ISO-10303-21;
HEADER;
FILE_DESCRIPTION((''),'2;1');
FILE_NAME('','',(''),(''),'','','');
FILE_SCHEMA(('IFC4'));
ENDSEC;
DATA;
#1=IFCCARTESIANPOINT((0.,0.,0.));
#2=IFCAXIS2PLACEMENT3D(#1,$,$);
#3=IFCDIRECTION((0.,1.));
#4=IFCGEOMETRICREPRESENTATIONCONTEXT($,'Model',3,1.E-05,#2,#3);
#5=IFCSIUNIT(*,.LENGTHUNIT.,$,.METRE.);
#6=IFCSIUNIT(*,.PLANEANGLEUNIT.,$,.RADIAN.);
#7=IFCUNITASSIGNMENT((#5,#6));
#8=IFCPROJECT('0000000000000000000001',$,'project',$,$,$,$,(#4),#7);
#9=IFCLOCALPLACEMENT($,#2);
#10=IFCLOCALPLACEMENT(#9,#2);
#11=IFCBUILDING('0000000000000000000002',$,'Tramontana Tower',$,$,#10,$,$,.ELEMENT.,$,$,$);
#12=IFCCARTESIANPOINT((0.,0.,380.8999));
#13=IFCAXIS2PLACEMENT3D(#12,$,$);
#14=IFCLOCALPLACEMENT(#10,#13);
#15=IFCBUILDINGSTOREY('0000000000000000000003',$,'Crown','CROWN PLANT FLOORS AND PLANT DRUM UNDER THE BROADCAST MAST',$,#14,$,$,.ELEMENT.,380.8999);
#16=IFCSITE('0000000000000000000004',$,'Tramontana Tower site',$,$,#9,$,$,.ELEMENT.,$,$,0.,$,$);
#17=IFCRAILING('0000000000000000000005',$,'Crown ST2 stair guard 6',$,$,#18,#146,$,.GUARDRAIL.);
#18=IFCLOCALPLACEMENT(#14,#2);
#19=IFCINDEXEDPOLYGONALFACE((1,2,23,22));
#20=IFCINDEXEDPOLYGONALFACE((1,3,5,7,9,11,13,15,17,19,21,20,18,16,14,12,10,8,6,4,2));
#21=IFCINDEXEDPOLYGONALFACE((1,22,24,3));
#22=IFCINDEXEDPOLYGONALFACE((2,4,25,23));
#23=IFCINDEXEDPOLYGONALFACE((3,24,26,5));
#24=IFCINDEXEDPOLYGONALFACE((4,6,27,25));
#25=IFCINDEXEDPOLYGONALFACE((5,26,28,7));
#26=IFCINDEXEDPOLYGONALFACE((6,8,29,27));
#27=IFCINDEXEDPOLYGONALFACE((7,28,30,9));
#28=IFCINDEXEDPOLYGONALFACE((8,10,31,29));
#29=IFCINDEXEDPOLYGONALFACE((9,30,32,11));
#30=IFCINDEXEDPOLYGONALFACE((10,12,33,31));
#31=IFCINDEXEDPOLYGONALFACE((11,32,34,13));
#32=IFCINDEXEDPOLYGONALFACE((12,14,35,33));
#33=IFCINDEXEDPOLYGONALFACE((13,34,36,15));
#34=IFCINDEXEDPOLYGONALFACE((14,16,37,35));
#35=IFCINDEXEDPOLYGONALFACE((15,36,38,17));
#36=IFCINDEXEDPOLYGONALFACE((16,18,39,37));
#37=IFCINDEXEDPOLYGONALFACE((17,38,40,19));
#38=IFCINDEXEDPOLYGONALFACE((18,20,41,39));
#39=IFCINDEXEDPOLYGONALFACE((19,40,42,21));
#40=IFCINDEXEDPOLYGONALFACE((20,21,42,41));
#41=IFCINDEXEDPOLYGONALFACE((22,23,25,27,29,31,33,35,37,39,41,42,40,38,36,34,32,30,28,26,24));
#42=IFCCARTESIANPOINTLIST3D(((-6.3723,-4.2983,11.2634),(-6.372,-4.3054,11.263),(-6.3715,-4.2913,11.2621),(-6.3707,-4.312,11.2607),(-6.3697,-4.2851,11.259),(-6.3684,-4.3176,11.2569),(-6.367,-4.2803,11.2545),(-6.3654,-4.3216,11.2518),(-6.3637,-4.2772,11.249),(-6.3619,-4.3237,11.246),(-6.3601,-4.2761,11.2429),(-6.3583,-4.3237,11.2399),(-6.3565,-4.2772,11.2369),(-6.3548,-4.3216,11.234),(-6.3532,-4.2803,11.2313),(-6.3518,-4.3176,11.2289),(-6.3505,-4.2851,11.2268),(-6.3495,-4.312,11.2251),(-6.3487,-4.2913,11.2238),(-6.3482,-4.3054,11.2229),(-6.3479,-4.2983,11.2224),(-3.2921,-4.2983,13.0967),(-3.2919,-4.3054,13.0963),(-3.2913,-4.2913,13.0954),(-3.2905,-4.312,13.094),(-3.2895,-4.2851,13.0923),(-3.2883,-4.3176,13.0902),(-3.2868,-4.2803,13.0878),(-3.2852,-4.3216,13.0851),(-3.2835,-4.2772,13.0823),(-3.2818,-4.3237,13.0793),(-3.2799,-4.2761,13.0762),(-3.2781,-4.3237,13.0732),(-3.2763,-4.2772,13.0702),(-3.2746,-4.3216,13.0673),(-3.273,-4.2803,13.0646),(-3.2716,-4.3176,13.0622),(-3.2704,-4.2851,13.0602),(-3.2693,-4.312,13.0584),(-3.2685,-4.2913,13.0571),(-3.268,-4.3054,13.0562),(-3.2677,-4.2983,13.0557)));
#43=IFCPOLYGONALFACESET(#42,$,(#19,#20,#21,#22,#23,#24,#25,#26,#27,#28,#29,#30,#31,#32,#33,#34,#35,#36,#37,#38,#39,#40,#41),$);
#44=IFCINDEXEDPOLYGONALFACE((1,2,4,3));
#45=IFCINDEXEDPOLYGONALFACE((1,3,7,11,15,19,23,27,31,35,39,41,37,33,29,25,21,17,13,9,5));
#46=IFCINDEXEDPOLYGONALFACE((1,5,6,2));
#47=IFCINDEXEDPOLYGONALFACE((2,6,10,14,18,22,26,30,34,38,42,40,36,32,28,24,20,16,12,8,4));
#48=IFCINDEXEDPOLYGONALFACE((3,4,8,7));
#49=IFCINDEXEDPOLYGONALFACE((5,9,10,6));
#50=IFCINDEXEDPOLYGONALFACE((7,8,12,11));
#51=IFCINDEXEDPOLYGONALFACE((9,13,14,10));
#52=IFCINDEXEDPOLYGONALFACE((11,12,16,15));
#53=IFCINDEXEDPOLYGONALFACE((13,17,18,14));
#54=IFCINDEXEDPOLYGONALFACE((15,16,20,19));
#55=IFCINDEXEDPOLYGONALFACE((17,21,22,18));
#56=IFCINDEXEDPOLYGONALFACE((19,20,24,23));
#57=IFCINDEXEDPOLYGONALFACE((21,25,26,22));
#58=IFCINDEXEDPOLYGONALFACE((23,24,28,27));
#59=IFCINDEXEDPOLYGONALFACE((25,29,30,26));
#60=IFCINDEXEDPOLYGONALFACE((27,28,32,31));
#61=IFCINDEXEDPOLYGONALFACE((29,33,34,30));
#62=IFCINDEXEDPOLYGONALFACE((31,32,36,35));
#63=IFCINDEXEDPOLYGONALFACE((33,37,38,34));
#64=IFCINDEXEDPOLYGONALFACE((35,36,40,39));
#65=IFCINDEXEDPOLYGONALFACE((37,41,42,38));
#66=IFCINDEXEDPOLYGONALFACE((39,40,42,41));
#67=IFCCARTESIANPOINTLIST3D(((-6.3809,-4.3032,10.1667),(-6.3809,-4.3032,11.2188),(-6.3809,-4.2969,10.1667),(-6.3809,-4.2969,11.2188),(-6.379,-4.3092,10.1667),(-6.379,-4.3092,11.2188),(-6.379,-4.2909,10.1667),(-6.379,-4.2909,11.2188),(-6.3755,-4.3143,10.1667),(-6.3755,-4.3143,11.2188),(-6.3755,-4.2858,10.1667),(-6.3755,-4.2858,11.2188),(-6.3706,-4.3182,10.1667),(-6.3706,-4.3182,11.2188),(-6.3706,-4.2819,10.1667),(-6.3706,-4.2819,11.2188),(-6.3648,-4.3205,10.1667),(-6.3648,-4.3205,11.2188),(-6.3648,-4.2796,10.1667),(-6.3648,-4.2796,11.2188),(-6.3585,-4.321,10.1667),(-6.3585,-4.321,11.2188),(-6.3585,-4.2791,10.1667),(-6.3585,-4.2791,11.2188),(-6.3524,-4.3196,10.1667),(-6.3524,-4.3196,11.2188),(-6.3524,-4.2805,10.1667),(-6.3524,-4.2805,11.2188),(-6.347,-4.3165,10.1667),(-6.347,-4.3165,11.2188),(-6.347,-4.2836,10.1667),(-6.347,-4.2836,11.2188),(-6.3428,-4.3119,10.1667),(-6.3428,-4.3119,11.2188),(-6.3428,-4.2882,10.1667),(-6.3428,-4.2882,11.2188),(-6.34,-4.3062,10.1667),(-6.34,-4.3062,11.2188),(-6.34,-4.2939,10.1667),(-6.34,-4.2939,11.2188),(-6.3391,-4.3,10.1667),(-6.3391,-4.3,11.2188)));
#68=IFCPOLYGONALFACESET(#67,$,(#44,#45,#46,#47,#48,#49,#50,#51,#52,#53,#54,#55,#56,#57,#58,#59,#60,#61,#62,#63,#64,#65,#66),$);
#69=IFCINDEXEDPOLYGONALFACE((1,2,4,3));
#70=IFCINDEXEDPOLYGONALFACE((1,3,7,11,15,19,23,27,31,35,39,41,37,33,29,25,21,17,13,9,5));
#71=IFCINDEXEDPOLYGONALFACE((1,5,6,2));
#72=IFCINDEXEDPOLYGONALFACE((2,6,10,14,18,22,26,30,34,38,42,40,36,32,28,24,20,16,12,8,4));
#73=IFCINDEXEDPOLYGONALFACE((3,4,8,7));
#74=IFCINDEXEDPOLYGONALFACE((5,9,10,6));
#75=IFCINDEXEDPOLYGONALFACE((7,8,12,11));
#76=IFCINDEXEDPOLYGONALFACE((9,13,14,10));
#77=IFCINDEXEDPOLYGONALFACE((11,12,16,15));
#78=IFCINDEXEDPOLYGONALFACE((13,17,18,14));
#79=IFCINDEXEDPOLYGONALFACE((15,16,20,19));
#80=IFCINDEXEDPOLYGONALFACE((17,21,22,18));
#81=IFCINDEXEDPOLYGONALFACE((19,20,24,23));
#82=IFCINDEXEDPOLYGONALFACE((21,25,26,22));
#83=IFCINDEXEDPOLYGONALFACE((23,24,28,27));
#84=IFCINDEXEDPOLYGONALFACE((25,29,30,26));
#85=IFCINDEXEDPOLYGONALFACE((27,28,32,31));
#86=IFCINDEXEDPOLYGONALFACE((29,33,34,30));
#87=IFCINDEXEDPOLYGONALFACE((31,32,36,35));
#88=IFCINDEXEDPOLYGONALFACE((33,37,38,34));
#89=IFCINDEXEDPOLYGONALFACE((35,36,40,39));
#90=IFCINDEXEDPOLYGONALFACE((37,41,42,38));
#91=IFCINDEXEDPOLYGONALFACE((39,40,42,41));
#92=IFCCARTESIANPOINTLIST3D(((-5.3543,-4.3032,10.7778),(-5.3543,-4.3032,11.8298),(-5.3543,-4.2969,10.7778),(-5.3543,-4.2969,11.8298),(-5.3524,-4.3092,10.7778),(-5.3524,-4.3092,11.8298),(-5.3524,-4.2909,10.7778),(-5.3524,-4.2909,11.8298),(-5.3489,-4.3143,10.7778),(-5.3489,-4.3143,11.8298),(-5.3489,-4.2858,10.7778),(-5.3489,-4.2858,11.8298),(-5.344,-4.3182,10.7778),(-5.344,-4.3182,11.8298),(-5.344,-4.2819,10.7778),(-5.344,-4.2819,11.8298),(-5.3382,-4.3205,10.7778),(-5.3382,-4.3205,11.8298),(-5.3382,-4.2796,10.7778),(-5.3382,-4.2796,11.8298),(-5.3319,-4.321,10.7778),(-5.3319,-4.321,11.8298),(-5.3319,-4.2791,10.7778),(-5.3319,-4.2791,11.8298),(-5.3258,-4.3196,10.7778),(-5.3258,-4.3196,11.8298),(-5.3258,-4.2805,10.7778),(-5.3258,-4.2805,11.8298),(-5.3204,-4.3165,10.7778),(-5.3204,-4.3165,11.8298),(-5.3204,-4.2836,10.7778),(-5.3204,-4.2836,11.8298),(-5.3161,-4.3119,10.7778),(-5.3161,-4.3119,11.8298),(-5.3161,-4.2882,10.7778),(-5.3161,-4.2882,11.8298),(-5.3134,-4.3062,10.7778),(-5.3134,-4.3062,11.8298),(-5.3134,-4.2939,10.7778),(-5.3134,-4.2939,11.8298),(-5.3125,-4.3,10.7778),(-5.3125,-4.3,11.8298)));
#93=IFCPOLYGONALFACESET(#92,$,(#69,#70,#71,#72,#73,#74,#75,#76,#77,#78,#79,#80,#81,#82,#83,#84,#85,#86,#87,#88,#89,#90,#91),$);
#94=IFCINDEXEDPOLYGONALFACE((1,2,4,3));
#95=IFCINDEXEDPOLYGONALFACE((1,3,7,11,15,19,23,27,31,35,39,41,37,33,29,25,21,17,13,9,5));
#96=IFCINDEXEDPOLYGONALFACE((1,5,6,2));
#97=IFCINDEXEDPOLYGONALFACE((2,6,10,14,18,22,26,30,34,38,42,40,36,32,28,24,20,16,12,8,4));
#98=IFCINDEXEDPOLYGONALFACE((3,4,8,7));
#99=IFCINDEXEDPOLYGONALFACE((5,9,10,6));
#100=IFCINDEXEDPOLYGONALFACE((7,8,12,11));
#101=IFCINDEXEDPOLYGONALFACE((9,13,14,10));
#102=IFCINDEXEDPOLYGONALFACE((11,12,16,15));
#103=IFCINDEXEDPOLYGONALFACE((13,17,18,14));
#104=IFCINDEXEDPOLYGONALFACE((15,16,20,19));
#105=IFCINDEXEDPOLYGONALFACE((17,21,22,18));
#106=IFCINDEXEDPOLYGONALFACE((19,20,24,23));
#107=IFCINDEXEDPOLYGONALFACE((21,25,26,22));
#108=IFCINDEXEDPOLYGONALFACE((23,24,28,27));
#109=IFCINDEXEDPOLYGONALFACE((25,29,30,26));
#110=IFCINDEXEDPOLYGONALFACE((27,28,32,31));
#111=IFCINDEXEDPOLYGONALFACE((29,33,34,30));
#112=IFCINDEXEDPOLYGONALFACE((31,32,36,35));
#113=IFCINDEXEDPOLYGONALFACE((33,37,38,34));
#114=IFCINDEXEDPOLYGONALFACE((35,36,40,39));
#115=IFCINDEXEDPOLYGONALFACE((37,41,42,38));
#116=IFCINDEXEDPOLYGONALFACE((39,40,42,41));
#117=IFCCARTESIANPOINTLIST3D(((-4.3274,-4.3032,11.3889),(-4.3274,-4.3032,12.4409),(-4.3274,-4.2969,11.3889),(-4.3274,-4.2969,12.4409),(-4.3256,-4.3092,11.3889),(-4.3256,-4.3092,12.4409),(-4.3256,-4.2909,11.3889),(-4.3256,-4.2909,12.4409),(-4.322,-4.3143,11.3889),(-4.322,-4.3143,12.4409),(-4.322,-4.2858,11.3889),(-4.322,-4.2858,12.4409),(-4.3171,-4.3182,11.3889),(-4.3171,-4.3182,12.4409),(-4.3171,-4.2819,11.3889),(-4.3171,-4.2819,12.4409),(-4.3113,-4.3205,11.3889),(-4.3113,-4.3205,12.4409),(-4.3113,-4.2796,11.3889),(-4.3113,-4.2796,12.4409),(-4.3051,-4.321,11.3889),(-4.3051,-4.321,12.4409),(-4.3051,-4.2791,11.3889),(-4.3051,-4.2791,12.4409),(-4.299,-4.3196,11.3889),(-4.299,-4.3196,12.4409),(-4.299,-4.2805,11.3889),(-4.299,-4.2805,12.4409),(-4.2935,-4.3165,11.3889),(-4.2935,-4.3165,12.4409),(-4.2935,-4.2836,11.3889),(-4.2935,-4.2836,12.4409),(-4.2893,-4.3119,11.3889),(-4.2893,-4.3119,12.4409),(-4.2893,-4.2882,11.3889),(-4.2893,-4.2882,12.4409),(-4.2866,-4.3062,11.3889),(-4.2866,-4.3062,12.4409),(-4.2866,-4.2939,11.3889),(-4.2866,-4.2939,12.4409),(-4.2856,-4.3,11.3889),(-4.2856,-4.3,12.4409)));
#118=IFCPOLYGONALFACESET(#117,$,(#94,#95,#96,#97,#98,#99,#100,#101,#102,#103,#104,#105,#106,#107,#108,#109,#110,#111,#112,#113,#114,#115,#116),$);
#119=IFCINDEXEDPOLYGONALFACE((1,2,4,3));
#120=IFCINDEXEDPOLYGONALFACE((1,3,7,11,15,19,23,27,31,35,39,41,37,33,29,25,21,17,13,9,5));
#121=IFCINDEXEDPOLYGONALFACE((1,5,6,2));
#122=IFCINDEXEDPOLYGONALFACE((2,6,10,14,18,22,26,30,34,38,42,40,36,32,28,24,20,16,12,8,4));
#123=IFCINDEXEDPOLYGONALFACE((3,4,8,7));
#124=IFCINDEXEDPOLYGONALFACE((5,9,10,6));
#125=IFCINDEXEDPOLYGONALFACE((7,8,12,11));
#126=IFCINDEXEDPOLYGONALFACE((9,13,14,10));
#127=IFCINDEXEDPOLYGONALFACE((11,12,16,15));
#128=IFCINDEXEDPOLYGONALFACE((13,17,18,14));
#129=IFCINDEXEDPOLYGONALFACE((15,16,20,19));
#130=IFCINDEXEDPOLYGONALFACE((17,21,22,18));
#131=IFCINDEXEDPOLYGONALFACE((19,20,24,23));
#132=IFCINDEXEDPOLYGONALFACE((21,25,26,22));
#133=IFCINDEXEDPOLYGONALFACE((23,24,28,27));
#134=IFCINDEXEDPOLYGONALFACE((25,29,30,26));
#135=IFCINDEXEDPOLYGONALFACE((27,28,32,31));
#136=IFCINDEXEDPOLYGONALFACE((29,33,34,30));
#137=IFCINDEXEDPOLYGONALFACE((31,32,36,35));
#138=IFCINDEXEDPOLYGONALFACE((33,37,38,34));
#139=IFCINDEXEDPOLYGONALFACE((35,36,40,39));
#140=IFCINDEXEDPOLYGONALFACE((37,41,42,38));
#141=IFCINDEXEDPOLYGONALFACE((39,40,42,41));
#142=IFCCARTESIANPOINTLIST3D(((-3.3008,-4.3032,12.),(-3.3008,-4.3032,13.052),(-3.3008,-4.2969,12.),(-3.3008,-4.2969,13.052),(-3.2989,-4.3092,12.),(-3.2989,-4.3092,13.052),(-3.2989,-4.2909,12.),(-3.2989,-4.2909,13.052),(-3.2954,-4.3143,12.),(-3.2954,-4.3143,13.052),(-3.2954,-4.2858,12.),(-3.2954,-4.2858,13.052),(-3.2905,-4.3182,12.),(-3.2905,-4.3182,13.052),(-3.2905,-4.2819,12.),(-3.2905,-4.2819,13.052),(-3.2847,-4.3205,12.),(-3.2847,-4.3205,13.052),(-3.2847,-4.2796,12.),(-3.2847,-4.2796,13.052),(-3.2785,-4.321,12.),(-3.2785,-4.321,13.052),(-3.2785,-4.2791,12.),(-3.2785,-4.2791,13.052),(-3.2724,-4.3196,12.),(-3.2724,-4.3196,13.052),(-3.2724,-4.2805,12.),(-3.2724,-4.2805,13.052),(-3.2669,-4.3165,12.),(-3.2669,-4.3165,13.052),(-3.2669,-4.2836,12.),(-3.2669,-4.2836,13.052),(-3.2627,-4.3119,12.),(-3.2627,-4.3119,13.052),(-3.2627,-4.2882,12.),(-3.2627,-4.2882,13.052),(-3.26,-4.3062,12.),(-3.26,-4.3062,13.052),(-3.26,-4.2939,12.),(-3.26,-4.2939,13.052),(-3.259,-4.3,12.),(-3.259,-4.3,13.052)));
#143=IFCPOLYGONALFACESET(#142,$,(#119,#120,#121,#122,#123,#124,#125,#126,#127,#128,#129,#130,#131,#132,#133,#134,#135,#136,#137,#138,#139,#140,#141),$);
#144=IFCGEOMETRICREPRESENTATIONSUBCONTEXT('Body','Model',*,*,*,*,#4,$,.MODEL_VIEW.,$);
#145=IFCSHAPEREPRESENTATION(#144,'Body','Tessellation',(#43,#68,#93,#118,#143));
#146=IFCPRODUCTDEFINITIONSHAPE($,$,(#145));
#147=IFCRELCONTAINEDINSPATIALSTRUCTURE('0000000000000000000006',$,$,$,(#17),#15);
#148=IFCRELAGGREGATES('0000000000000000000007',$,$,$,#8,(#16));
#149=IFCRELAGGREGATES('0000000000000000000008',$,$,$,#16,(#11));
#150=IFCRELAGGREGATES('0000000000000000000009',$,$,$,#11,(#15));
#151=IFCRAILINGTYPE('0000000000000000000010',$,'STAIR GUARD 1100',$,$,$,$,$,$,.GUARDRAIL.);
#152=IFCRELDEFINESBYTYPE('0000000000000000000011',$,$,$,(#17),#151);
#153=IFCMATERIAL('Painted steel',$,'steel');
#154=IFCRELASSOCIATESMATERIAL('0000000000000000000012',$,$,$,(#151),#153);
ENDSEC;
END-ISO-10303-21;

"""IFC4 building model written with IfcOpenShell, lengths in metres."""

from ifc_helpers import new_model, si_unit, direction, frame, origin, origin_2d, place, context, subcontext, project, spatial, circle, extrude, material, type_object, element, save


model = new_model("IFC4")

# Units and contexts
model_context = context("Model", 3, precision=1e-05, world=origin(), true_north=direction((0.0, 1.0)))
body_context = subcontext(model_context, "Body", "Model", "MODEL_VIEW")
ifc_project = project(units=[si_unit("LENGTHUNIT", "METRE"), si_unit("PLANEANGLEUNIT", "RADIAN")], contexts=[model_context])

# Site, building, storey
site_placement = place(None, origin())
site = spatial("IfcSite", under=ifc_project, at=site_placement, Name="Tramontana Tower site", CompositionType="ELEMENT", RefElevation=0.0)
building_placement = place(site_placement, origin())
building = spatial("IfcBuilding", under=site, at=building_placement, Name="Tramontana Tower", CompositionType="ELEMENT")
storey_placement = place(building_placement, frame((0.0, 0.0, 380.8999)))
storey = spatial("IfcBuildingStorey", under=building, at=storey_placement, Name="Crown", Description="CROWN PLANT FLOORS AND PLANT DRUM UNDER THE BROADCAST MAST", CompositionType="ELEMENT", Elevation=380.8999)

# Railing
ifc_material_1 = material(Name="Painted steel", Category="steel")
railing_type_1 = type_object("IfcRailingType", Name="STAIR GUARD 1100", PredefinedType="GUARDRAIL", material=ifc_material_1)
railing_1_placement = place(storey_placement, frame((-6.3601, -4.3, 10.1667)))
element("IfcRailing", 1, at=railing_1_placement, inside=storey, type_object=railing_type_1, Name="Crown ST2 stair guard 6", PredefinedType="GUARDRAIL", context=body_context, shape_type="SweptSolid", body=[
    extrude(circle(Radius=0.0239, at=origin_2d()), frame((0.0, 0.0, 1.0762), z_axis=(0.859309, 0.0, 0.511458), x_axis=(0.0, 1.0, 0.0)), (0.0, 0.0, 1.0), 3.5845),
    extrude(circle(Radius=0.021, at=origin_2d()), origin(), (0.0, 0.0, 1.0), 1.052),
    extrude(circle(Radius=0.021, at=origin_2d()), frame((1.0266, 0.0, 0.6111)), (0.0, 0.0, 1.0), 1.052),
    extrude(circle(Radius=0.021, at=origin_2d()), frame((2.0535, 0.0, 1.2222)), (0.0, 0.0, 1.0), 1.052),
    extrude(circle(Radius=0.021, at=origin_2d()), frame((3.0801, 0.0, 1.8333)), (0.0, 0.0, 1.0), 1.052),
])

save(model, "model.ifc")
